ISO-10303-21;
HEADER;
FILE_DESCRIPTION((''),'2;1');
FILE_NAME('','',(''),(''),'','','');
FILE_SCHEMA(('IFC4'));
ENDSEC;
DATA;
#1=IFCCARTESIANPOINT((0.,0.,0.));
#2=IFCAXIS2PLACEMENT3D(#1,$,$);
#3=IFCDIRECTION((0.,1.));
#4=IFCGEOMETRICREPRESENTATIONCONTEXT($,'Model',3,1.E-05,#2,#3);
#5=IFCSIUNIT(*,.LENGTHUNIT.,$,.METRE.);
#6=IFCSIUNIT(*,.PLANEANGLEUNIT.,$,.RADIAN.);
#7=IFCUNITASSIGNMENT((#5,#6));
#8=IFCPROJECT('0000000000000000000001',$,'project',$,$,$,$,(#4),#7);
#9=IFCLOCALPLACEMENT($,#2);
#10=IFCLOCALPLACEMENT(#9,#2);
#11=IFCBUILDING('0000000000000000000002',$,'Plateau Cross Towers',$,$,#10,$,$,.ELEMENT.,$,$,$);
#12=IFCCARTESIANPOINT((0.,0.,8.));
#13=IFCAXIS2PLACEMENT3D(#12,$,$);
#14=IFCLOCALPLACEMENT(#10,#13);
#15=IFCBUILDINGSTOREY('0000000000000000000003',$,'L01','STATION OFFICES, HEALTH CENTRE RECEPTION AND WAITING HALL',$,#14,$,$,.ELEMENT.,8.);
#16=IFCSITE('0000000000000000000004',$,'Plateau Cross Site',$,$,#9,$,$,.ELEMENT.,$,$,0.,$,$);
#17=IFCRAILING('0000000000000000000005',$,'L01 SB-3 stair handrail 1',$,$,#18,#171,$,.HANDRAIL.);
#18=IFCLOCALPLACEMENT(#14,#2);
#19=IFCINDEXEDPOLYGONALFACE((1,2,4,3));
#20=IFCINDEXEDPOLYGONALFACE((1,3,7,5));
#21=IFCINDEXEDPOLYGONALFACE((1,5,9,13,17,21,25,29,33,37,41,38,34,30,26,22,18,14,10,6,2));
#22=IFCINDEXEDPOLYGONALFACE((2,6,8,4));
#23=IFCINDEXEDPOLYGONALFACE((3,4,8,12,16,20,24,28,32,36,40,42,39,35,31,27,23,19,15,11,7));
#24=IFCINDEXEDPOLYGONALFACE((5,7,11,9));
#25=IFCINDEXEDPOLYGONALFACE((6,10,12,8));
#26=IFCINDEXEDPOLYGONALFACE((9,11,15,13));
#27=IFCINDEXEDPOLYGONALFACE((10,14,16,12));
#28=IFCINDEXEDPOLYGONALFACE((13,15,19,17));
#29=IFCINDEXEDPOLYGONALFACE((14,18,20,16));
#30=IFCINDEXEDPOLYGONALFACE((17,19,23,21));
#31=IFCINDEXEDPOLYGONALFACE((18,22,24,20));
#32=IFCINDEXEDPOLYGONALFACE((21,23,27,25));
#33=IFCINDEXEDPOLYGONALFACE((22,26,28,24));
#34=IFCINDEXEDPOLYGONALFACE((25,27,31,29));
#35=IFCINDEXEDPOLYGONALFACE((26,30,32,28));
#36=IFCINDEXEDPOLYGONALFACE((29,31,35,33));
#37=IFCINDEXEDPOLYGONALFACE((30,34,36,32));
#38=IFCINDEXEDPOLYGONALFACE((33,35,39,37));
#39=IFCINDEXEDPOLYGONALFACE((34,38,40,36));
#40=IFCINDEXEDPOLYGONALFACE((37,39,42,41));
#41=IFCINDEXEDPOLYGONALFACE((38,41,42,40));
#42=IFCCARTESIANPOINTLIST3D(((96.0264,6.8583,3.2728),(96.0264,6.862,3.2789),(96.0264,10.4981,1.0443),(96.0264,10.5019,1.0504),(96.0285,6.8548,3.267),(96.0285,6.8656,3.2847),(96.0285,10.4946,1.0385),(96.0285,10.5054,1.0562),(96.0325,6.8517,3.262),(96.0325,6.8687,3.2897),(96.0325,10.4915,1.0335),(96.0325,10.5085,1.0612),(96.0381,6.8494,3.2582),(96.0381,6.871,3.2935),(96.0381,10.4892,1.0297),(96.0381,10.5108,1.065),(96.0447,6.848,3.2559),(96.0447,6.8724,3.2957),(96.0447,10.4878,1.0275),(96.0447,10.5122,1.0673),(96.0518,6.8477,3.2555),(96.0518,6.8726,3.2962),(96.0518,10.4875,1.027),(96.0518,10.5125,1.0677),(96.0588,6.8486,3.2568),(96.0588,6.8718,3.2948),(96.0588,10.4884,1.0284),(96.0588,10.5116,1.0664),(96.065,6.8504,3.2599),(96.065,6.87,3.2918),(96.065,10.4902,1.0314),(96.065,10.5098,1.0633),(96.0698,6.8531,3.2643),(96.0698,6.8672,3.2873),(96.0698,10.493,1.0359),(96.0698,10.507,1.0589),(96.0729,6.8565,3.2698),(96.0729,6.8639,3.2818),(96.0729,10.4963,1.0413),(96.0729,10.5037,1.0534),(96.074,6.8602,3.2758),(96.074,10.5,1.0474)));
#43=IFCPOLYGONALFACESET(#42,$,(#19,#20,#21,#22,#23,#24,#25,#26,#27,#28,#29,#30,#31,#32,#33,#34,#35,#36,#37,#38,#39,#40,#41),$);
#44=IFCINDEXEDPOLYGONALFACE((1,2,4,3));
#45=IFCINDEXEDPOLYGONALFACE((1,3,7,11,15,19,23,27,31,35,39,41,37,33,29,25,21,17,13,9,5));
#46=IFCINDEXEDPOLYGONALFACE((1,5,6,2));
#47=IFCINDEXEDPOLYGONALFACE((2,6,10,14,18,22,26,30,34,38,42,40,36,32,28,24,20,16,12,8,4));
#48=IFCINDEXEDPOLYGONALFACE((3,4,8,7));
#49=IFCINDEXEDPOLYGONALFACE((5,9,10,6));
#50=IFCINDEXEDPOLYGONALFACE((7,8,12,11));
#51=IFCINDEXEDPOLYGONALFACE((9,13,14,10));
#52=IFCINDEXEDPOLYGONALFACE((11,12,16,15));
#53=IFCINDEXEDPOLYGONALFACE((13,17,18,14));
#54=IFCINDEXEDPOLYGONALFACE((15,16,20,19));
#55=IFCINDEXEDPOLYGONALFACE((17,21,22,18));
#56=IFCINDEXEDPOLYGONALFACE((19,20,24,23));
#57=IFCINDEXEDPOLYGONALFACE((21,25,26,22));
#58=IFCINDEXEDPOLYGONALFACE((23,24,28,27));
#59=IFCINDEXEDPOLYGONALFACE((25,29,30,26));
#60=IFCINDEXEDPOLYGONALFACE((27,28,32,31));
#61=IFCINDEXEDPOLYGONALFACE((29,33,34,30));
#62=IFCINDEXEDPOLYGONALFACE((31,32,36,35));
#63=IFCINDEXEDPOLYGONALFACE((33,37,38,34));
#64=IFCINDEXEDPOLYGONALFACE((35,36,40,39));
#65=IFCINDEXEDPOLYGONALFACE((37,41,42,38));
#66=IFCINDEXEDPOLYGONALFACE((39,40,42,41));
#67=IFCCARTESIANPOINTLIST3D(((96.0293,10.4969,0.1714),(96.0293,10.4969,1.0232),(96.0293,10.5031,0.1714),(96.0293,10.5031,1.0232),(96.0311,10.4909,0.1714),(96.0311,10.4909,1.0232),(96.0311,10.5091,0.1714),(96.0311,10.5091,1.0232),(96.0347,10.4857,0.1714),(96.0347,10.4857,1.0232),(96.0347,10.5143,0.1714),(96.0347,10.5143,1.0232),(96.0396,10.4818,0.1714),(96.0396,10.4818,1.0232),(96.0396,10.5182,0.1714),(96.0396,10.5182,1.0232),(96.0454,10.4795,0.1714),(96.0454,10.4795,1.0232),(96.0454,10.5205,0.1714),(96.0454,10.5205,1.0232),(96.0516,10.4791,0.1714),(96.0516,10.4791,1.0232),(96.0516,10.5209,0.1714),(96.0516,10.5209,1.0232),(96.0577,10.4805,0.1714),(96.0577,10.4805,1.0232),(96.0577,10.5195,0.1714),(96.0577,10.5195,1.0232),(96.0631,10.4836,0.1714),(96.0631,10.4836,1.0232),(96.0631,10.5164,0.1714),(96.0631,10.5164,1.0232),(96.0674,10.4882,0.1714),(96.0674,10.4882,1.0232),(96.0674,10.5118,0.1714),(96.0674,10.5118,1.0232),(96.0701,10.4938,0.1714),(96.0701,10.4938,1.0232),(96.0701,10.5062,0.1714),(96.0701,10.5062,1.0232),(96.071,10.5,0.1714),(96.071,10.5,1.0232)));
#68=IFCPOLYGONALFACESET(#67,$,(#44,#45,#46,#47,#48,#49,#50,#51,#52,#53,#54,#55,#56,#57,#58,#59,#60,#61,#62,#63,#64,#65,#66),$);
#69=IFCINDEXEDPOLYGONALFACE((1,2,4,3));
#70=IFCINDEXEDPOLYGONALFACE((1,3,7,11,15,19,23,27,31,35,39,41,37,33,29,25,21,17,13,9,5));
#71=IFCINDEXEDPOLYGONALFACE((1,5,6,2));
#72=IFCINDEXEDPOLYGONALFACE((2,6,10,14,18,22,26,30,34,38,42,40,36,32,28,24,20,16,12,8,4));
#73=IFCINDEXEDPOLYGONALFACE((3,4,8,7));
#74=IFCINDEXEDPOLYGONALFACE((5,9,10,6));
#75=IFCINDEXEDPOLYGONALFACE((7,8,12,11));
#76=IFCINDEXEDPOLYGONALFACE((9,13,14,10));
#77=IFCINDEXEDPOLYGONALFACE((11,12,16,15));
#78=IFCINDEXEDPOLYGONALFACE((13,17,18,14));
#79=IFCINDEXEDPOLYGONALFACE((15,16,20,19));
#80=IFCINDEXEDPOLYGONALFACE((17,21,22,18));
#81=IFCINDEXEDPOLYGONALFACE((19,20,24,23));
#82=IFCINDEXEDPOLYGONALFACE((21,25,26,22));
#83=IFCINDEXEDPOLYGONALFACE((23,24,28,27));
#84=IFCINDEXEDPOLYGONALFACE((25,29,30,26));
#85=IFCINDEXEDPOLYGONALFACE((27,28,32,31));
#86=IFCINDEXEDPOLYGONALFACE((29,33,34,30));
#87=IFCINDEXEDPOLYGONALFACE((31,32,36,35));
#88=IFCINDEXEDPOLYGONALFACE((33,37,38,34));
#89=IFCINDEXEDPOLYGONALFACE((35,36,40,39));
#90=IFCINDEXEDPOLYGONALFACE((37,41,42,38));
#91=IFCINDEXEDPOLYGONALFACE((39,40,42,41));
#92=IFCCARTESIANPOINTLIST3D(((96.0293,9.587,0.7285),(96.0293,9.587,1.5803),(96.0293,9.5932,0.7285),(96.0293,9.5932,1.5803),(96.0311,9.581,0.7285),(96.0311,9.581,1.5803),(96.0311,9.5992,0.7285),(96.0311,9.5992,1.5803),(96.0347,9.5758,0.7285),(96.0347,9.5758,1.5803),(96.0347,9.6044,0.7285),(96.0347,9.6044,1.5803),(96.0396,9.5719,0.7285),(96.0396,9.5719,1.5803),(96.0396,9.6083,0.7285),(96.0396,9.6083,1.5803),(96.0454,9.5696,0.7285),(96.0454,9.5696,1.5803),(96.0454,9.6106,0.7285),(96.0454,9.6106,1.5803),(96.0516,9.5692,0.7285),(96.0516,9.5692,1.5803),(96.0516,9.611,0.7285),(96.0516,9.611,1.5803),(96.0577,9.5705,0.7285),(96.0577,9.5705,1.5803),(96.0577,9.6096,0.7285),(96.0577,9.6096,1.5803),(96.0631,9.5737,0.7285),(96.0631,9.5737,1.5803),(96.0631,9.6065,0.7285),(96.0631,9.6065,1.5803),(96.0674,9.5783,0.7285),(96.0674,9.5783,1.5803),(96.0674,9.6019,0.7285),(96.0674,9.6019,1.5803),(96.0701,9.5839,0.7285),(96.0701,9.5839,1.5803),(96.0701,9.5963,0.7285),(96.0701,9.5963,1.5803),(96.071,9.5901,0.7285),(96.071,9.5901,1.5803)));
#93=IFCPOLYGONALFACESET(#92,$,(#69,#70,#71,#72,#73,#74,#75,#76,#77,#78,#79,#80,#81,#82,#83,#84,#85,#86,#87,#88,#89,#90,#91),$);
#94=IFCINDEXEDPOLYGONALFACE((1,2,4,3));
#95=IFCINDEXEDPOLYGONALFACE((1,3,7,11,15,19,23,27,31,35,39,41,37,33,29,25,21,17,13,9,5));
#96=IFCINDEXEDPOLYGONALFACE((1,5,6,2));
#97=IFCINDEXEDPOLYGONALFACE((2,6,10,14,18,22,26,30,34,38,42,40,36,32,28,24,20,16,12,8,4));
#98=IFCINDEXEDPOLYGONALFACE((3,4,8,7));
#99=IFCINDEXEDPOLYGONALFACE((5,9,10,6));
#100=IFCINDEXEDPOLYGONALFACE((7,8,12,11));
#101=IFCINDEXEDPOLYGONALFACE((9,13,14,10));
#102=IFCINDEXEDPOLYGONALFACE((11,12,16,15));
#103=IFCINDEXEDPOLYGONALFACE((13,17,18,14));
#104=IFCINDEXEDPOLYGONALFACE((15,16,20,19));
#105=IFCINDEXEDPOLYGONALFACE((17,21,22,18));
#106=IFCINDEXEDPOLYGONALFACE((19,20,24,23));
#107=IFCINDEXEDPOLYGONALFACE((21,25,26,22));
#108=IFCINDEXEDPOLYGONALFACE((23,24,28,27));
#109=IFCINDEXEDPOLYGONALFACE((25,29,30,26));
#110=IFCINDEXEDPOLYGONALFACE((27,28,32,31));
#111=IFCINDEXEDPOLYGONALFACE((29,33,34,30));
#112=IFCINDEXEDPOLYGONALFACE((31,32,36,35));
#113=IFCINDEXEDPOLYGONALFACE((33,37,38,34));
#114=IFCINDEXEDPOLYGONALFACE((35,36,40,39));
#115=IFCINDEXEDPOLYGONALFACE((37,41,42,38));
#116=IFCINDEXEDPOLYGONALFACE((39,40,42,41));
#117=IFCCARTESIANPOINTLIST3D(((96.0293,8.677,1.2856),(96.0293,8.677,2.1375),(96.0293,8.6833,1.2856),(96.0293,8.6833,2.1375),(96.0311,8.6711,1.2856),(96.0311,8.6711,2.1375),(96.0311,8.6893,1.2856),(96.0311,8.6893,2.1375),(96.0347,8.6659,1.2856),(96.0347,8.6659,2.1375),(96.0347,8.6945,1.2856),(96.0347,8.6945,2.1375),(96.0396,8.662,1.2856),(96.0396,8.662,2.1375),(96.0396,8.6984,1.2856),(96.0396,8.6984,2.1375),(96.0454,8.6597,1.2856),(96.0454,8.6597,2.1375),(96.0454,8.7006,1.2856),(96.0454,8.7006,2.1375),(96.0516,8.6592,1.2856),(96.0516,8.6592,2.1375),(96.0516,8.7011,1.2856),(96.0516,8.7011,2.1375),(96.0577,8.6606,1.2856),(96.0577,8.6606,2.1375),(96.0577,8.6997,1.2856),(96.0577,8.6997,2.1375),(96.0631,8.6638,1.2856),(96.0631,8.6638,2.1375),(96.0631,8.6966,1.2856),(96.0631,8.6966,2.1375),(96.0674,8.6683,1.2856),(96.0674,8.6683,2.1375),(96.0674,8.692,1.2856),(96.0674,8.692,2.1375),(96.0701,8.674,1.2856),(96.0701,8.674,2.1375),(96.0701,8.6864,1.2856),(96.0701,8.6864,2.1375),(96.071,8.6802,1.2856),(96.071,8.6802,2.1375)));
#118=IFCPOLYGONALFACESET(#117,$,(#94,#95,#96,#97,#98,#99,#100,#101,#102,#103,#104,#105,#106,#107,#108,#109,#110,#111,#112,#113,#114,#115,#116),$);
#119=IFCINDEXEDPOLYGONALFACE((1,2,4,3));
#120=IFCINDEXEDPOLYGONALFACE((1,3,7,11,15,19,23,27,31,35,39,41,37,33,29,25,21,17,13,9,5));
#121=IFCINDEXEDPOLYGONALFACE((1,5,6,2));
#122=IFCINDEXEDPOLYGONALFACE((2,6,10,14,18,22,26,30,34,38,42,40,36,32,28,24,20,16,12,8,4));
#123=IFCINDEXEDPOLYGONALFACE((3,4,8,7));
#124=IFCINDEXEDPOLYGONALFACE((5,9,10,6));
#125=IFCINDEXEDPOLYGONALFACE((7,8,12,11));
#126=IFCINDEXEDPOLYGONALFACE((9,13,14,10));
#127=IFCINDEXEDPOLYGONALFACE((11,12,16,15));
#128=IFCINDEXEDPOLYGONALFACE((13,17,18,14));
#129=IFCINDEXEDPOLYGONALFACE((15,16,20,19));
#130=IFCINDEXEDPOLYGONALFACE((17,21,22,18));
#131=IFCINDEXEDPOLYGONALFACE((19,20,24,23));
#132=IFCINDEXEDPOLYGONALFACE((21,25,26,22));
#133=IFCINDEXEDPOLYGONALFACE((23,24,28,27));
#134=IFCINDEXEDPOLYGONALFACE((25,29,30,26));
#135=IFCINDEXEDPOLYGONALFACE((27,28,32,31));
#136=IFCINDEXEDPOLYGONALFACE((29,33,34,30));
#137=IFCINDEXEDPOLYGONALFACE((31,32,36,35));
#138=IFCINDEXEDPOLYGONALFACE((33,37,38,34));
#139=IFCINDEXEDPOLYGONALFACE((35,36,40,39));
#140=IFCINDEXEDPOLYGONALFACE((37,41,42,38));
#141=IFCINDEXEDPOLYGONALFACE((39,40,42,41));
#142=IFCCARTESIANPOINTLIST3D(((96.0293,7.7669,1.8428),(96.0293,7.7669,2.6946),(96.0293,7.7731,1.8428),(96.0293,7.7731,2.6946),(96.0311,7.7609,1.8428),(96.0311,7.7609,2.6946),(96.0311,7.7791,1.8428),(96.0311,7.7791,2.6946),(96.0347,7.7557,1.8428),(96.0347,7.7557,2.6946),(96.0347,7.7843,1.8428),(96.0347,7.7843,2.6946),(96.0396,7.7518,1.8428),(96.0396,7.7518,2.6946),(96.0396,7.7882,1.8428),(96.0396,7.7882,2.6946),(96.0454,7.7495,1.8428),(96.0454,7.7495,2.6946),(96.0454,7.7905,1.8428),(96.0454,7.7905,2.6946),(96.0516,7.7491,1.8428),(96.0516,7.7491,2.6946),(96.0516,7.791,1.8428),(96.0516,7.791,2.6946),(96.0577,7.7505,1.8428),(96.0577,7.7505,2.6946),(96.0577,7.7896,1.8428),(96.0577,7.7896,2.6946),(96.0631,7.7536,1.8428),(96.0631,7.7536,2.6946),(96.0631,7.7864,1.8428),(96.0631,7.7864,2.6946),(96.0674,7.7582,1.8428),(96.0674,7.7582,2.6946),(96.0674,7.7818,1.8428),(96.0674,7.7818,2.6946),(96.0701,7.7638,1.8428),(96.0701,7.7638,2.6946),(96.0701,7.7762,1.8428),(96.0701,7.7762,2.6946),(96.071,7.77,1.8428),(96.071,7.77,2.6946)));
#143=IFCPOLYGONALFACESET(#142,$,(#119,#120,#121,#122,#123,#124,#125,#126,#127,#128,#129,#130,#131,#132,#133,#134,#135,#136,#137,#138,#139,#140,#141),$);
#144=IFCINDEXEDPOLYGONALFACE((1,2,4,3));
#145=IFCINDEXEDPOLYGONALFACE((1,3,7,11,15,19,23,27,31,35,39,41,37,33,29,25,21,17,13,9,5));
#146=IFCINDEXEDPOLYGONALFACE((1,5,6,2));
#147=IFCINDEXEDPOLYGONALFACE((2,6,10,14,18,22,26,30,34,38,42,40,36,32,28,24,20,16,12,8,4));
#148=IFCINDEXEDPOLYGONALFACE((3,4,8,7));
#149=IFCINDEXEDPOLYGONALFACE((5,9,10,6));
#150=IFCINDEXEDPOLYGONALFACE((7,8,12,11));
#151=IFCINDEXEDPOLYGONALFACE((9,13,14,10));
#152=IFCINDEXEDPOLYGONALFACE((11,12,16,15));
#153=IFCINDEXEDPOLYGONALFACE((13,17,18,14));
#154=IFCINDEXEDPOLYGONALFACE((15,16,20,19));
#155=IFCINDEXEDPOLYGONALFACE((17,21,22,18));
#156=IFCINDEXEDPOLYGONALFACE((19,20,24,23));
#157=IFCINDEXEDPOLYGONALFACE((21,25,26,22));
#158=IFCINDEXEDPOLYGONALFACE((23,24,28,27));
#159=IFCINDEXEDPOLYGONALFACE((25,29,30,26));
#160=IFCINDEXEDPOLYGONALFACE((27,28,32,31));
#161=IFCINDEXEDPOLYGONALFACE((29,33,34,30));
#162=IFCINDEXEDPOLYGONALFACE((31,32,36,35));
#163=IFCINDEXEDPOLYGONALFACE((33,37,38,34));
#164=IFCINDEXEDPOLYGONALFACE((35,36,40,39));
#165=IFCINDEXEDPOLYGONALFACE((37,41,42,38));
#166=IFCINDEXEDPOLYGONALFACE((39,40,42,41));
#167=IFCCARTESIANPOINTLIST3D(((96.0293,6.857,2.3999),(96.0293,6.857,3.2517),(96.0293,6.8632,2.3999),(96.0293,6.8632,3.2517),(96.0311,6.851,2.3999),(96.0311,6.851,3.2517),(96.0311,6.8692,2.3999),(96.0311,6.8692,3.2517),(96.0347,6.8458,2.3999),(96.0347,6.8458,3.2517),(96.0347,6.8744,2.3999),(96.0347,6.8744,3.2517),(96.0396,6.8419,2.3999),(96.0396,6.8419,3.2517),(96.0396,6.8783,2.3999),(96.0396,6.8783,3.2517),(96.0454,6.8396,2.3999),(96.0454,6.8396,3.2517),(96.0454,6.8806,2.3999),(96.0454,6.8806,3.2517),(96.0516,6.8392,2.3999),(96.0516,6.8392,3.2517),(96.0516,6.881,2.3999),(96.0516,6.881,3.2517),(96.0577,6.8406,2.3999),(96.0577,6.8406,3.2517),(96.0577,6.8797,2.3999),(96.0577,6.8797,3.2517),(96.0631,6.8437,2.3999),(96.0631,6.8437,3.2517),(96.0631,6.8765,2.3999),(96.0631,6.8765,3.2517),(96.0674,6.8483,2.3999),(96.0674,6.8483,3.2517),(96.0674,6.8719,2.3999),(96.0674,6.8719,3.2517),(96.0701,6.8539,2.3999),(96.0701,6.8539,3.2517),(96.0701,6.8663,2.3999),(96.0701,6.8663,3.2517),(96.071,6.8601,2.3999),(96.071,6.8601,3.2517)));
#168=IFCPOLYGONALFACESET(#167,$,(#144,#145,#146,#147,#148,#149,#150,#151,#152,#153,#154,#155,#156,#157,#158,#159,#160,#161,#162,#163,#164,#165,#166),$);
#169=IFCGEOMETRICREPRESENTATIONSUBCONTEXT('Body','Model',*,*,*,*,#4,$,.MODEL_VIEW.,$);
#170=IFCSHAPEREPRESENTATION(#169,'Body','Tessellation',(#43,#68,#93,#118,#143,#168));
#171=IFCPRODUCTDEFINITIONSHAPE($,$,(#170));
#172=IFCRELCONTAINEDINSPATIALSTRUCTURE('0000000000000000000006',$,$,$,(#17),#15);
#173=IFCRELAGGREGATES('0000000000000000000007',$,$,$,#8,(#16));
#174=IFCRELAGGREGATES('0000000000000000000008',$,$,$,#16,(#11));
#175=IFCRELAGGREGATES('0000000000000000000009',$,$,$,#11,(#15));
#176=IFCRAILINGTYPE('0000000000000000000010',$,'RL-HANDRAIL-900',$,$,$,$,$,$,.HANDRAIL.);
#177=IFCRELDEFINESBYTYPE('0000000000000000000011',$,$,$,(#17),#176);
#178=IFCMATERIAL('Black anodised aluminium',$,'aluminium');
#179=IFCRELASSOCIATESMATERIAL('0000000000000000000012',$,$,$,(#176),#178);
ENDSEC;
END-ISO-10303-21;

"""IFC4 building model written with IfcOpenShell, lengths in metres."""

from ifc_helpers import new_model, si_unit, direction, frame, origin, origin_2d, place, context, subcontext, project, spatial, circle, extrude, material, type_object, element, save


model = new_model("IFC4")

# Units and contexts
model_context = context("Model", 3, precision=1e-05, world=origin(), true_north=direction((0.0, 1.0)))
body_context = subcontext(model_context, "Body", "Model", "MODEL_VIEW")
ifc_project = project(units=[si_unit("LENGTHUNIT", "METRE"), si_unit("PLANEANGLEUNIT", "RADIAN")], contexts=[model_context])

# Site, building, storey
site_placement = place(None, origin())
site = spatial("IfcSite", under=ifc_project, at=site_placement, Name="Plateau Cross Site", CompositionType="ELEMENT", RefElevation=0.0)
building_placement = place(site_placement, origin())
building = spatial("IfcBuilding", under=site, at=building_placement, Name="Plateau Cross Towers", CompositionType="ELEMENT")
storey_placement = place(building_placement, frame((0.0, 0.0, 8.0)))
storey = spatial("IfcBuildingStorey", under=building, at=storey_placement, Name="L01", Description="STATION OFFICES, HEALTH CENTRE RECEPTION AND WAITING HALL", CompositionType="ELEMENT", Elevation=8.0)

# Railing
ifc_material_1 = material(Name="Black anodised aluminium", Category="aluminium")
railing_type_1 = type_object("IfcRailingType", Name="RL-HANDRAIL-900", PredefinedType="HANDRAIL", material=ifc_material_1)
railing_1_placement = place(storey_placement, frame((96.05, 10.5, 0.1714)))
element("IfcRailing", 1, at=railing_1_placement, inside=storey, type_object=railing_type_1, Name="L01 SB-3 stair handrail 1", PredefinedType="HANDRAIL", context=body_context, shape_type="SweptSolid", body=[
    extrude(circle(Radius=0.0239, at=origin_2d()), frame((0.0, 0.0, 0.876), z_axis=(0.0, -0.85285, 0.522156), x_axis=(1.0, 0.0, 0.0)), (0.0, 0.0, 1.0), 4.2678),
    extrude(circle(Radius=0.021, at=origin_2d()), origin(), (0.0, 0.0, 1.0), 0.8518),
    extrude(circle(Radius=0.021, at=origin_2d()), frame((0.0, -0.9099, 0.5571)), (0.0, 0.0, 1.0), 0.8518),
    extrude(circle(Radius=0.021, at=origin_2d()), frame((0.0, -1.8198, 1.1143)), (0.0, 0.0, 1.0), 0.8518),
    extrude(circle(Radius=0.021, at=origin_2d()), frame((0.0, -2.73, 1.6714)), (0.0, 0.0, 1.0), 0.8518),
    extrude(circle(Radius=0.021, at=origin_2d()), frame((0.0, -3.6399, 2.2285)), (0.0, 0.0, 1.0), 0.8518),
])

save(model, "model.ifc")
